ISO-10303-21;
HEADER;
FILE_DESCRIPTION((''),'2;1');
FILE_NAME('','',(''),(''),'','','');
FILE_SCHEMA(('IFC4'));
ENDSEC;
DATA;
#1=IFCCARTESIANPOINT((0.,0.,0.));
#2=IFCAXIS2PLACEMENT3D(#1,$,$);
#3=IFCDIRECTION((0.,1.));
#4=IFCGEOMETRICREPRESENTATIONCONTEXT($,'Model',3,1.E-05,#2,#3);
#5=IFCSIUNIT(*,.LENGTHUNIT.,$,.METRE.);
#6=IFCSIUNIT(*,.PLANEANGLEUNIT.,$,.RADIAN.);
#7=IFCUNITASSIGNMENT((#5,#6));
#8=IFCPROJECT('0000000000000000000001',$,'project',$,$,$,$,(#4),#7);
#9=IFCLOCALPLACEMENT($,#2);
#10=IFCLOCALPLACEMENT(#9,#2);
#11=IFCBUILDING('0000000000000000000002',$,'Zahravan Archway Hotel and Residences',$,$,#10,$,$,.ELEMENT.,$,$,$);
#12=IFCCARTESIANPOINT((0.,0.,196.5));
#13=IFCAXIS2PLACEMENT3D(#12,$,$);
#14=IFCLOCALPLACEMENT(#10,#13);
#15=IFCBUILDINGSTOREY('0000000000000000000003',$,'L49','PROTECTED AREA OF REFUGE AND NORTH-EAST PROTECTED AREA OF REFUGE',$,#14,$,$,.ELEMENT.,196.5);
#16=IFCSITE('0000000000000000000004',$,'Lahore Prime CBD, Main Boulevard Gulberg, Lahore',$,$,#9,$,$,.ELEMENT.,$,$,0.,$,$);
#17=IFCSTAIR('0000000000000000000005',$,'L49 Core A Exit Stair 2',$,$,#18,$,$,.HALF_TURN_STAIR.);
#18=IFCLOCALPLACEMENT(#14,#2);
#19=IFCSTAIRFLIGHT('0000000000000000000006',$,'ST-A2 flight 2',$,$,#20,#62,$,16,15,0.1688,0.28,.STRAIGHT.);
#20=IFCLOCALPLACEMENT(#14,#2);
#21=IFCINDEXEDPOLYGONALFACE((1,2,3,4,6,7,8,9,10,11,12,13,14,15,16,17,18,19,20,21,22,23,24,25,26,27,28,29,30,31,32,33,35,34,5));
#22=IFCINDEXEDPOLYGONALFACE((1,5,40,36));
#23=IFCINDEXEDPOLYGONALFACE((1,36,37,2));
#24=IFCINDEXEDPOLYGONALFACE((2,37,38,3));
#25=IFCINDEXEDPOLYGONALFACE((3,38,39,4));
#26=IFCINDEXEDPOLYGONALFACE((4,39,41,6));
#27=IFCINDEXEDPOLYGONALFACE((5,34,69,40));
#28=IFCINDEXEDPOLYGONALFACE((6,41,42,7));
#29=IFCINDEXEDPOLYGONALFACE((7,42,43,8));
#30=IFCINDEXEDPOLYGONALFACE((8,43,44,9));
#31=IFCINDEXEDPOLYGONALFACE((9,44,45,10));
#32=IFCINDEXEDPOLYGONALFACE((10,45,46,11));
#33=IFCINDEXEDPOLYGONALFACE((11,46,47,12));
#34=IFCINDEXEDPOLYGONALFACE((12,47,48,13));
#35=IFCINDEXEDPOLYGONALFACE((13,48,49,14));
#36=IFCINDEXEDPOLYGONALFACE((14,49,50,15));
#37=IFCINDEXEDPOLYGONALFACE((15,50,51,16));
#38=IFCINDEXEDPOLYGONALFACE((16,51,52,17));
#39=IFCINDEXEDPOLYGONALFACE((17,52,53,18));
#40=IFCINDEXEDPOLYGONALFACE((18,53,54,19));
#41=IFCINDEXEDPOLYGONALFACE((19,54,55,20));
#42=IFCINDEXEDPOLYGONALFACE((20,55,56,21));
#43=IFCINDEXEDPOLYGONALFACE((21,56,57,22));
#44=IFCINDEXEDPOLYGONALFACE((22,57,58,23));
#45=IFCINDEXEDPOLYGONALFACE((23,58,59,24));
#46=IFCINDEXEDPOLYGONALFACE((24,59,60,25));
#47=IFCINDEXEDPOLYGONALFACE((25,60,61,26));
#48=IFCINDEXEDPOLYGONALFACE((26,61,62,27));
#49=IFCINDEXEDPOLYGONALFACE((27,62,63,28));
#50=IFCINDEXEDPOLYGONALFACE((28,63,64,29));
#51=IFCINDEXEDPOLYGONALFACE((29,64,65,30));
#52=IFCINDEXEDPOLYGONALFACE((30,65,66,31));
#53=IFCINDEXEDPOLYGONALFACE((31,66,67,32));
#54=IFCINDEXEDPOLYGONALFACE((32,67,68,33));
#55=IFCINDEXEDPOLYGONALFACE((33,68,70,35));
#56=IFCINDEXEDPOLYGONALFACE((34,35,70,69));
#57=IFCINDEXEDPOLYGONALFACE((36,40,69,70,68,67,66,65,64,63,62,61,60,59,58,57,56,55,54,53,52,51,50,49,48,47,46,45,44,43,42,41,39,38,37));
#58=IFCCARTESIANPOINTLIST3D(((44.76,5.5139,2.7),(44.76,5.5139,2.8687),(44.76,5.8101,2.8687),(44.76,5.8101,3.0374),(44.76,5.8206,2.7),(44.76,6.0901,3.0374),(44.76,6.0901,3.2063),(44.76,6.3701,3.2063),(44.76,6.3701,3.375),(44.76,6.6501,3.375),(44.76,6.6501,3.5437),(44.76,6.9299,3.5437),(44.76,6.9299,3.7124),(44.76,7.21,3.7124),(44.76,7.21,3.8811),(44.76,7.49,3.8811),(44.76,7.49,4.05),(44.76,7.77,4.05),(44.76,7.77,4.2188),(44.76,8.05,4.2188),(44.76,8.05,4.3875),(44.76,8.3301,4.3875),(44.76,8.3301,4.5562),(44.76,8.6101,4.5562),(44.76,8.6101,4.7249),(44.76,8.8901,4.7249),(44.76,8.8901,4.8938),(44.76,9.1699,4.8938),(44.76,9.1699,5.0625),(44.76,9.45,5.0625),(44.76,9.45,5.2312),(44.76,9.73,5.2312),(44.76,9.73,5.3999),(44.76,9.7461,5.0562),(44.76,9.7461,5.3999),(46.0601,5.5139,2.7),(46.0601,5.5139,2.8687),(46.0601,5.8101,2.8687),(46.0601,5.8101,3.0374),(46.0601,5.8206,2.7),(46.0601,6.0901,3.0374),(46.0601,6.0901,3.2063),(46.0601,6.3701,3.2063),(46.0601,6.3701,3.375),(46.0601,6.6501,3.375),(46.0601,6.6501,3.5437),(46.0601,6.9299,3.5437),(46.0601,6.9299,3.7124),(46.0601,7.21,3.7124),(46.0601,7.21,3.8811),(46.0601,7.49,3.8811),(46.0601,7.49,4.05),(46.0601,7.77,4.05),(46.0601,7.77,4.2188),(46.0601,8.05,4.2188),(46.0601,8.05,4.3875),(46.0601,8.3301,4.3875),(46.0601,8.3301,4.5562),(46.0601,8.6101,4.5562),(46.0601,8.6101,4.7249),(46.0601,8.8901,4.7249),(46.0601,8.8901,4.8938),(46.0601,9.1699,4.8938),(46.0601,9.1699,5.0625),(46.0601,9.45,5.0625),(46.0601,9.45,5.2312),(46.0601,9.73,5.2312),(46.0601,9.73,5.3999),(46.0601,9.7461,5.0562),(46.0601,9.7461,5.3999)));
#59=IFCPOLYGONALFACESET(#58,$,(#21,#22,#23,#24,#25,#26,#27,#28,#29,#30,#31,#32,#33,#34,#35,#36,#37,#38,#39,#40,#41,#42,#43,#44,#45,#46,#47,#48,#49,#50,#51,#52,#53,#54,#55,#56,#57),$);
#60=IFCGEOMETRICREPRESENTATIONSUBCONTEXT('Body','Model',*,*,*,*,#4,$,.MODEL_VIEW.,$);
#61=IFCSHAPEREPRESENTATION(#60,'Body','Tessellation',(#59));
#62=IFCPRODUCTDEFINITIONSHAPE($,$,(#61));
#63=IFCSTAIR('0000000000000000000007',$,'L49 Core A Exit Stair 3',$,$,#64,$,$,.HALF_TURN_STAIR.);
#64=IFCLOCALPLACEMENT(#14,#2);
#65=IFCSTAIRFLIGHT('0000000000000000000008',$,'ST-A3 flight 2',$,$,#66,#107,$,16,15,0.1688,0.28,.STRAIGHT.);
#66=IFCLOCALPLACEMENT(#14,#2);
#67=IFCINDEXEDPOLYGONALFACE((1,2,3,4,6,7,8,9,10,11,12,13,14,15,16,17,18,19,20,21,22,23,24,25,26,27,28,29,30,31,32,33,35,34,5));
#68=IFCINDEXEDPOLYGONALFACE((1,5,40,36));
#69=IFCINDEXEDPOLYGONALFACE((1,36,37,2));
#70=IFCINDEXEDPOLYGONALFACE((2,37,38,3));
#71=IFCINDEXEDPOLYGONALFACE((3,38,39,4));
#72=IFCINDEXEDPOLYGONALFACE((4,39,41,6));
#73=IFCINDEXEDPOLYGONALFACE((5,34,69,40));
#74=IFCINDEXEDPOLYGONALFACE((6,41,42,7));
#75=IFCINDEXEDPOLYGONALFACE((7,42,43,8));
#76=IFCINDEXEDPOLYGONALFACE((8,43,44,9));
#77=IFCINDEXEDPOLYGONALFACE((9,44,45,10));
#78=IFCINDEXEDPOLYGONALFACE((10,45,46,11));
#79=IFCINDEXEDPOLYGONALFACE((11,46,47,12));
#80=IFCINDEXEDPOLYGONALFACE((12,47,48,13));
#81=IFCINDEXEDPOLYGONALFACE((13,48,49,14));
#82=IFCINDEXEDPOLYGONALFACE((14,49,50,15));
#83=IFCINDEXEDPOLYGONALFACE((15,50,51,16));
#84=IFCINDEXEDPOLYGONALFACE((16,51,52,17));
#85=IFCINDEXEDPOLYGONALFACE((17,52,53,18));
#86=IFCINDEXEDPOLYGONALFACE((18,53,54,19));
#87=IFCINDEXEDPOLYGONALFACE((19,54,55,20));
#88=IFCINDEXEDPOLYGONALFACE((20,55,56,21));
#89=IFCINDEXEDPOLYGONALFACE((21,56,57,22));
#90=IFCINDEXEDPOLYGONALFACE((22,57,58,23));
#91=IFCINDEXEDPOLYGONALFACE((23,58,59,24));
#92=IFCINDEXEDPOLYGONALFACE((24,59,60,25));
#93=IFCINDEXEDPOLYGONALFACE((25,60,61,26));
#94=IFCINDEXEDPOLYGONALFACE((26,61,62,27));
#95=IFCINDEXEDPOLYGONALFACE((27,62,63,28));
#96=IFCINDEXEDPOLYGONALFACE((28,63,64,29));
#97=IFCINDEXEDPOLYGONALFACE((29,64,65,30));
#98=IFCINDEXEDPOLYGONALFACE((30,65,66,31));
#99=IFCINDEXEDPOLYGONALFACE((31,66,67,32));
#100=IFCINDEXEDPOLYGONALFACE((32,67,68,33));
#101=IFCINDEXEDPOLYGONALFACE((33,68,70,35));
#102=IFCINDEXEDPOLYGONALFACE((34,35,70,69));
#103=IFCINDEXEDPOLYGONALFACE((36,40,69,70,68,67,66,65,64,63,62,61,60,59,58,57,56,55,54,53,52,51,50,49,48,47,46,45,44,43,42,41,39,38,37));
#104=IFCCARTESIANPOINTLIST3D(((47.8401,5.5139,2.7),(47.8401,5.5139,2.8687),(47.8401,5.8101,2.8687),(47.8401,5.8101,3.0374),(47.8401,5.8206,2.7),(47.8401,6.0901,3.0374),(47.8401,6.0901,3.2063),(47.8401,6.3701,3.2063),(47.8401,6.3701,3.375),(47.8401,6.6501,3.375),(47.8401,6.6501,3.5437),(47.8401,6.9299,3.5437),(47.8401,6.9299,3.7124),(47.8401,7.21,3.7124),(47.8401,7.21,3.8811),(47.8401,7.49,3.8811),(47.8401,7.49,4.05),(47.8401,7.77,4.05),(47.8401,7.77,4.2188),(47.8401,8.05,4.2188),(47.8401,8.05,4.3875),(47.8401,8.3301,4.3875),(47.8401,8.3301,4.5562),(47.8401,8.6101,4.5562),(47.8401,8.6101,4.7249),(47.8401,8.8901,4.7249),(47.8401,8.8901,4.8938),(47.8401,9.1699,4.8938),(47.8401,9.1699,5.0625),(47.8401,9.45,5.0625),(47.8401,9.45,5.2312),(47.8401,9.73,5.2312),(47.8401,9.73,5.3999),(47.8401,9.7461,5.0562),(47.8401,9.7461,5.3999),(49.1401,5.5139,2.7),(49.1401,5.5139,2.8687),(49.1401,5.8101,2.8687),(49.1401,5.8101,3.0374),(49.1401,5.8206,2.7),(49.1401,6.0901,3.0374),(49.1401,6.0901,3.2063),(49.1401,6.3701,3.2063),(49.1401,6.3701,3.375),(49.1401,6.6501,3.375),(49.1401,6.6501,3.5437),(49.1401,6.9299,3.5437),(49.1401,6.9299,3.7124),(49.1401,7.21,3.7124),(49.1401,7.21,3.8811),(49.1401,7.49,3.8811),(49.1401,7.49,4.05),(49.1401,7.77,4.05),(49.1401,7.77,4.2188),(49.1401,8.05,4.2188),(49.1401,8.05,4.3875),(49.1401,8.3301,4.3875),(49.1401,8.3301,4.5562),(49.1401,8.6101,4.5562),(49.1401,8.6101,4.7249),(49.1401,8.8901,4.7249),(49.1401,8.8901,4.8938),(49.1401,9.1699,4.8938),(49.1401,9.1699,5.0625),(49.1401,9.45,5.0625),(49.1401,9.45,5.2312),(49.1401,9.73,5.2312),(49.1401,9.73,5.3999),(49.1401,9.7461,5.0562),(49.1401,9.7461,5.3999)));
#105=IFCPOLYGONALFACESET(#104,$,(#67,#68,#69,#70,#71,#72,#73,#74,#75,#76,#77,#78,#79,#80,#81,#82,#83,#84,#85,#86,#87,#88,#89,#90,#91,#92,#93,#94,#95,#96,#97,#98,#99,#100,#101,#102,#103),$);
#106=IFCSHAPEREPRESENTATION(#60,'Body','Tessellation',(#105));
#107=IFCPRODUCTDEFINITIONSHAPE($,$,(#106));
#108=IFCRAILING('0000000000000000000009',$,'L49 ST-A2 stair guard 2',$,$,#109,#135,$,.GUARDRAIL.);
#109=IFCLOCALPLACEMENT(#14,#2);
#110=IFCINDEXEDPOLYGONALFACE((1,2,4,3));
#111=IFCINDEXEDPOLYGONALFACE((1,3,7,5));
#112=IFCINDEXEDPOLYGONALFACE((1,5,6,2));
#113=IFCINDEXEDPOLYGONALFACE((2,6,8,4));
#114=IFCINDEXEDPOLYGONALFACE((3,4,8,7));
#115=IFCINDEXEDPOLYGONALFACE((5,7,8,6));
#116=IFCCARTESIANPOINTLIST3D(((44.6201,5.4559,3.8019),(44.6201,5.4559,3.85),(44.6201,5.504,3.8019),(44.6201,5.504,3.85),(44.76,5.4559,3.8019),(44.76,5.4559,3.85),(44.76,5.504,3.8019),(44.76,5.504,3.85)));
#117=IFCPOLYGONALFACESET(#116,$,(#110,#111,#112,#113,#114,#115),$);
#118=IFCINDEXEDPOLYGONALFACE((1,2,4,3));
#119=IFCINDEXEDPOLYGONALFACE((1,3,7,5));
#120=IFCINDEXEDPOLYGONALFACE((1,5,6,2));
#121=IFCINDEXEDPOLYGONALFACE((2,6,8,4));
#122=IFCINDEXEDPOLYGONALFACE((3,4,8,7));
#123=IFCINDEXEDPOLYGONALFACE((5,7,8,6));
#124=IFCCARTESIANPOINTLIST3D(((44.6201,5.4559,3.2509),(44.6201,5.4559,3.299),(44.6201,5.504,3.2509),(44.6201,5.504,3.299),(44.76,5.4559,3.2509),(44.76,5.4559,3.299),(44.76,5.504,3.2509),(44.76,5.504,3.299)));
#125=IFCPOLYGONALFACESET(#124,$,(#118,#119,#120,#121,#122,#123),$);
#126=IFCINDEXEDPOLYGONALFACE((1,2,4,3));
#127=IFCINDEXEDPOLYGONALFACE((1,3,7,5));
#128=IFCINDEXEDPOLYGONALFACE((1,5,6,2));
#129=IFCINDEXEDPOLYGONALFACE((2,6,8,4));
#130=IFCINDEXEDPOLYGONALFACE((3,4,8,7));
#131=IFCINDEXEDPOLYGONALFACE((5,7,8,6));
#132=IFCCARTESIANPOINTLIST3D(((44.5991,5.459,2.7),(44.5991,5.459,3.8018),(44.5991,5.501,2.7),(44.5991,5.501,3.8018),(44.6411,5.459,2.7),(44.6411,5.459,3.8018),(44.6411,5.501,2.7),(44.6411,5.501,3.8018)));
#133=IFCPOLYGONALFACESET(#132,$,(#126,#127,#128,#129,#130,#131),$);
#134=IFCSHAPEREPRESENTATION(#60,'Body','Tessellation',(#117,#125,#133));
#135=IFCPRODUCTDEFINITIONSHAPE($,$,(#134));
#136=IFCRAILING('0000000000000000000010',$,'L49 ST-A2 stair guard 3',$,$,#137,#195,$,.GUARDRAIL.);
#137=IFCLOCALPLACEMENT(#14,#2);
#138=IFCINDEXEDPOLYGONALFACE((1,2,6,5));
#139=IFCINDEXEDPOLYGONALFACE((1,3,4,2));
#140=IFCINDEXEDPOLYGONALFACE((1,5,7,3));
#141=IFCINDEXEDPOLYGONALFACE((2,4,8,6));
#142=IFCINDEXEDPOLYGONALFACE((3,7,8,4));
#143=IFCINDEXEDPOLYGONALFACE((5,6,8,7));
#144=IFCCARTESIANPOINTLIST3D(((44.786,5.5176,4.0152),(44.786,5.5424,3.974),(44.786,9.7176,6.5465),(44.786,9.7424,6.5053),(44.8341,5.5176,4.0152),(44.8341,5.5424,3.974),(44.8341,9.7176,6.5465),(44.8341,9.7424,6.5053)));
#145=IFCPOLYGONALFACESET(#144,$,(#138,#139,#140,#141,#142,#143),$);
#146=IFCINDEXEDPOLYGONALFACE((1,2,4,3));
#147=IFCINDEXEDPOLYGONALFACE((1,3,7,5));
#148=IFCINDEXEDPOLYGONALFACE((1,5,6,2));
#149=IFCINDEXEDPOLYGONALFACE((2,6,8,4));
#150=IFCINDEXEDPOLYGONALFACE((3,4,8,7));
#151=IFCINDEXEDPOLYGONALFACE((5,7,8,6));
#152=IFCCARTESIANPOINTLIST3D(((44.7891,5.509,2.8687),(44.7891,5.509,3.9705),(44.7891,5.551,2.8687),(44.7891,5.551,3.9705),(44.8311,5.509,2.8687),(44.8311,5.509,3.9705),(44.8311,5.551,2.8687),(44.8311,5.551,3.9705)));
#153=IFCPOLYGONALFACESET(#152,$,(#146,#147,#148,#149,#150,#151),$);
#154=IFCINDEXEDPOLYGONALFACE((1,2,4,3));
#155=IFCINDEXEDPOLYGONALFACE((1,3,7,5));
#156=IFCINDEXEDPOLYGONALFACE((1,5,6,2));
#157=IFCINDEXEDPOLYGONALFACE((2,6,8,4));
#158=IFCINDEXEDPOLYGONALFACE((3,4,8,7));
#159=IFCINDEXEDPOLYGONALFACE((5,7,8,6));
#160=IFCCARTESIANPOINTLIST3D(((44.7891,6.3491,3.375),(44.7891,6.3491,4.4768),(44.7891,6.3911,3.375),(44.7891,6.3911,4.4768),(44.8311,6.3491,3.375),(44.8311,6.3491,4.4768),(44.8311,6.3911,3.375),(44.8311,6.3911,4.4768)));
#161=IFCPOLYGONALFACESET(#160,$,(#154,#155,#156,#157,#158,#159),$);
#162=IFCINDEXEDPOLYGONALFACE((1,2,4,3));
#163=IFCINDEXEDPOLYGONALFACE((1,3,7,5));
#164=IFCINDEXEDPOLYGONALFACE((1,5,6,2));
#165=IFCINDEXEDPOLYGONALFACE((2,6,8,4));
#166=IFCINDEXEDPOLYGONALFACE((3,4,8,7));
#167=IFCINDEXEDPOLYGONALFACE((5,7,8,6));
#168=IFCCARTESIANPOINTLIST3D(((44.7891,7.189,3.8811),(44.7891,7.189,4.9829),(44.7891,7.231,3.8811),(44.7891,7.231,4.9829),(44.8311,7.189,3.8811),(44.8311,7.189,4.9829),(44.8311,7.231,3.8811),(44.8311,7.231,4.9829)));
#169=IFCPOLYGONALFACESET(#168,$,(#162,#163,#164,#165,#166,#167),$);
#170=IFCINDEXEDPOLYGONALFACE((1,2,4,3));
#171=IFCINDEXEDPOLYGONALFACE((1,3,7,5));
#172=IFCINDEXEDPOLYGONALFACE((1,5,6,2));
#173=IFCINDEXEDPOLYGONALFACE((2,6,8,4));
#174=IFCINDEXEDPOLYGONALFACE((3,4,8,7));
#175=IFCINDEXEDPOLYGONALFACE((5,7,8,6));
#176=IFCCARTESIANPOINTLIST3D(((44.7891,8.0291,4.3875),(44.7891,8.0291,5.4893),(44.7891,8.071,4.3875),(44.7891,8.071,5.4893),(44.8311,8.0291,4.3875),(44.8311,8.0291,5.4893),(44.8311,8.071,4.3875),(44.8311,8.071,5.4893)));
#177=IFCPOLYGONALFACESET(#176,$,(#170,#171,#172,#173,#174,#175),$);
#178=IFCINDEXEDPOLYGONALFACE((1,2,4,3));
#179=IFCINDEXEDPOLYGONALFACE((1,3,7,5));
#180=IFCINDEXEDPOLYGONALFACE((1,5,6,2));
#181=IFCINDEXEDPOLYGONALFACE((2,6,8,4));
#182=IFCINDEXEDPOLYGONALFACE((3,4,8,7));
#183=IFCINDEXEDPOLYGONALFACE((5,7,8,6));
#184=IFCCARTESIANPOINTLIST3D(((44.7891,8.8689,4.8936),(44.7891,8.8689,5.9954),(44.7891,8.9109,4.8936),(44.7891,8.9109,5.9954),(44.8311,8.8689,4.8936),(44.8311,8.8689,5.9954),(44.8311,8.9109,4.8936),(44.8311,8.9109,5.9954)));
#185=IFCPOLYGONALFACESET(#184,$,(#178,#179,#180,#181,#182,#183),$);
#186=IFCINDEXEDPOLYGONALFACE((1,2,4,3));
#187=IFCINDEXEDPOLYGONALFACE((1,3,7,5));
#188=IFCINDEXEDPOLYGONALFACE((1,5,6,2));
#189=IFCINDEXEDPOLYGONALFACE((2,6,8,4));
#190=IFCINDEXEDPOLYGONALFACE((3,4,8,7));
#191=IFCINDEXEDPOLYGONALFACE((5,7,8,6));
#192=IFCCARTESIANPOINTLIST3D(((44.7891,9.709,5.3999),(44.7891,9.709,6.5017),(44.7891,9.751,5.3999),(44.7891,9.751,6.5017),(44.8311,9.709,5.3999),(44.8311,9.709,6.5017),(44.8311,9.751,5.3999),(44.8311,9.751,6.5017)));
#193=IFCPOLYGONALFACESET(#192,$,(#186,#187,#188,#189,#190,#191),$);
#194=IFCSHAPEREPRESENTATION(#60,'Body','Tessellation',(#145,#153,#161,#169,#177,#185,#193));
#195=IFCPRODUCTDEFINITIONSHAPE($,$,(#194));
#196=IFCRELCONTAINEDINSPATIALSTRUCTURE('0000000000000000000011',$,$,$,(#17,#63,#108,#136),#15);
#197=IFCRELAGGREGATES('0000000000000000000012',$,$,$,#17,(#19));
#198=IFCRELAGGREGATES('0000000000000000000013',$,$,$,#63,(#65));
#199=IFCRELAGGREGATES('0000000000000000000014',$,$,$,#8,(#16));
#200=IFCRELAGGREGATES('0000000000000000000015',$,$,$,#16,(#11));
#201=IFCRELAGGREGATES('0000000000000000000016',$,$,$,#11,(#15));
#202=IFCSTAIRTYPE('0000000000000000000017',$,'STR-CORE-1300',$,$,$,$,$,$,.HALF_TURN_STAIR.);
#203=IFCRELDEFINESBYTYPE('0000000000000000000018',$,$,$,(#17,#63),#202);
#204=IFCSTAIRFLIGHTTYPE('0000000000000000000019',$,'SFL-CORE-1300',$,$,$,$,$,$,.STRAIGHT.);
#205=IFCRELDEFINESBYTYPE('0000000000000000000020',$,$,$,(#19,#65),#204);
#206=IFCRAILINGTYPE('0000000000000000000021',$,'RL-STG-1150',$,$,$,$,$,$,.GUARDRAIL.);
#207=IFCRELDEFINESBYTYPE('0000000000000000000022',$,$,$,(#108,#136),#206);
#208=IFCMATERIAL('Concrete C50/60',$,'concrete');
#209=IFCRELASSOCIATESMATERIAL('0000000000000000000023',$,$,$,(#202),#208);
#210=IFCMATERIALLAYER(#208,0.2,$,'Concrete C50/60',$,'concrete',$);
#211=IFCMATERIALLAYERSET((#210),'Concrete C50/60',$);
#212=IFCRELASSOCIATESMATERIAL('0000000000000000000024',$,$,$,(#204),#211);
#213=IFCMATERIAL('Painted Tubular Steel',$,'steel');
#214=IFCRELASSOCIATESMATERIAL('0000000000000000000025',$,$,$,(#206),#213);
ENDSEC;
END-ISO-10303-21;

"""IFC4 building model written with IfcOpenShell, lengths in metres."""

from ifc_helpers import new_model, si_unit, direction, frame, origin, origin_2d, place, context, subcontext, project, spatial, polyline, rectangle, outline, extrude, source, transform, mapped, material, layer, layer_set, type_object, element, aggregate, save


model = new_model("IFC4")

# Units and contexts
model_context = context("Model", 3, precision=1e-05, world=origin(), true_north=direction((0.0, 1.0)))
body_context = subcontext(model_context, "Body", "Model", "MODEL_VIEW")
ifc_project = project(units=[si_unit("LENGTHUNIT", "METRE"), si_unit("PLANEANGLEUNIT", "RADIAN")], contexts=[model_context])

# Site, building, storey
site_placement = place(None, origin())
site = spatial("IfcSite", under=ifc_project, at=site_placement, Name="Lahore Prime CBD, Main Boulevard Gulberg, Lahore", CompositionType="ELEMENT", RefElevation=0.0)
building_placement = place(site_placement, origin())
building = spatial("IfcBuilding", under=site, at=building_placement, Name="Zahravan Archway Hotel and Residences", CompositionType="ELEMENT")
storey_placement = place(building_placement, frame((0.0, 0.0, 196.5)))
storey = spatial("IfcBuildingStorey", under=building, at=storey_placement, Name="L49", Description="PROTECTED AREA OF REFUGE AND NORTH-EAST PROTECTED AREA OF REFUGE", CompositionType="ELEMENT", Elevation=196.5)

# Shared definitions
ifc_material_1 = material(Name="Concrete C50/60", Category="concrete")

# Stairs, stair flights
stair_type = type_object("IfcStairType", Name="STR-CORE-1300", PredefinedType="HALF_TURN_STAIR", material=ifc_material_1)
stair_1_placement = place(storey_placement, origin())
stair_1 = element("IfcStair", 1, at=stair_1_placement, inside=storey, type_object=stair_type, Name="L49 Core A Exit Stair 2", PredefinedType="HALF_TURN_STAIR")
ifc_layer_1 = layer(ifc_material_1, 0.2, Name="Concrete C50/60", Category="concrete")
ifc_layer_set_1 = layer_set([ifc_layer_1], Name="Concrete C50/60")
stair_flight_type = type_object("IfcStairFlightType", Name="SFL-CORE-1300", PredefinedType="STRAIGHT", material=ifc_layer_set_1)
shared_shape_1 = source(origin(), body_context, "Body", "SweptSolid", [
    extrude(outline(polyline([(-0.0161, 0.0), (-0.0161, 0.1687), (0.28, 0.1687), (0.28, 0.3374), (0.5601, 0.3374), (0.5601, 0.5063), (0.8401, 0.5063), (0.8401, 0.675), (1.1201, 0.675), (1.1201, 0.8438), (1.3999, 0.8438), (1.3999, 1.0125), (1.6799, 1.0125), (1.6799, 1.1812), (1.96, 1.1812), (1.96, 1.3501), (2.24, 1.3501), (2.24, 1.5188), (2.52, 1.5188), (2.52, 1.6875), (2.8, 1.6875), (2.8, 1.8562), (3.0801, 1.8562), (3.0801, 2.0249), (3.3601, 2.0249), (3.3601, 2.1938), (3.6399, 2.1938), (3.6399, 2.3625), (3.9199, 2.3625), (3.9199, 2.5312), (4.2, 2.5312), (4.2, 2.7), (4.2161, 2.7), (4.2161, 2.3562), (0.2905, 0.0), (-0.0161, 0.0)])), frame((0.0, 0.6499, 0.0), z_axis=(0.0, -1.0, 0.0), x_axis=(1.0, 0.0, 0.0)), (0.0, 0.0, 1.0), 1.3),
])
stair_flight_1_placement = place(storey_placement, frame((45.4099, 5.53, 2.7), z_axis=(0.0, 0.0, 1.0), x_axis=(0.0, 1.0, 0.0)))
stair_flight_1 = element("IfcStairFlight", 2, at=stair_flight_1_placement, type_object=stair_flight_type, Name="ST-A2 flight 2", NumberOfRisers=16, NumberOfTreads=15, PredefinedType="STRAIGHT", RiserHeight=0.1688, TreadLength=0.28, context=body_context, shape_type="MappedRepresentation", body=[
    mapped(shared_shape_1, transform((0.0, 0.0, 0.0), scale=1.0)),
])
aggregate(stair_1, [stair_flight_1])
stair_2_placement = place(storey_placement, origin())
stair_2 = element("IfcStair", 3, at=stair_2_placement, inside=storey, type_object=stair_type, Name="L49 Core A Exit Stair 3", PredefinedType="HALF_TURN_STAIR")
stair_flight_2_placement = place(storey_placement, frame((48.49, 5.53, 2.7), z_axis=(0.0, 0.0, 1.0), x_axis=(0.0, 1.0, 0.0)))
stair_flight_2 = element("IfcStairFlight", 4, at=stair_flight_2_placement, type_object=stair_flight_type, Name="ST-A3 flight 2", NumberOfRisers=16, NumberOfTreads=15, PredefinedType="STRAIGHT", RiserHeight=0.1688, TreadLength=0.28, context=body_context, shape_type="MappedRepresentation", body=[
    mapped(shared_shape_1, transform((0.0, 0.0, 0.0), scale=1.0)),
])
aggregate(stair_2, [stair_flight_2])

# Railings
ifc_material_2 = material(Name="Painted Tubular Steel", Category="steel")
railing_type_1 = type_object("IfcRailingType", Name="RL-STG-1150", PredefinedType="GUARDRAIL", material=ifc_material_2)
railing_1_placement = place(storey_placement, frame((44.6201, 5.48, 2.7)))
element("IfcRailing", 5, at=railing_1_placement, inside=storey, type_object=railing_type_1, Name="L49 ST-A2 stair guard 2", PredefinedType="GUARDRAIL", context=body_context, shape_type="SweptSolid", body=[
    extrude(rectangle(XDim=0.0481, YDim=0.0481, at=origin_2d()), frame((0.0, 0.0, 1.126), z_axis=(1.0, 0.0, 0.0), x_axis=(0.0, 1.0, 0.0)), (0.0, 0.0, 1.0), 0.1399),
    extrude(rectangle(XDim=0.0481, YDim=0.0481, at=origin_2d()), frame((0.0, 0.0, 0.575), z_axis=(1.0, 0.0, 0.0), x_axis=(0.0, 1.0, 0.0)), (0.0, 0.0, 1.0), 0.1399),
    extrude(rectangle(XDim=0.042, YDim=0.042, at=origin_2d()), origin(), (0.0, 0.0, 1.0), 1.1018),
])
railing_2_placement = place(storey_placement, frame((44.8101, 5.53, 2.8687)))
element("IfcRailing", 6, at=railing_2_placement, inside=storey, type_object=railing_type_1, Name="L49 ST-A2 stair guard 3", PredefinedType="GUARDRAIL", context=body_context, shape_type="SweptSolid", body=[
    extrude(rectangle(XDim=0.0481, YDim=0.0481, at=origin_2d()), frame((0.0, 0.0, 1.126), z_axis=(0.0, 0.856476, 0.516186), x_axis=(-1.0, 0.0, 0.0)), (0.0, 0.0, 1.0), 4.9038),
    extrude(rectangle(XDim=0.042, YDim=0.042, at=origin_2d()), origin(), (0.0, 0.0, 1.0), 1.1018),
    extrude(rectangle(XDim=0.042, YDim=0.042, at=origin_2d()), frame((0.0, 0.8401, 0.5063)), (0.0, 0.0, 1.0), 1.1018),
    extrude(rectangle(XDim=0.042, YDim=0.042, at=origin_2d()), frame((0.0, 1.6799, 1.0125)), (0.0, 0.0, 1.0), 1.1018),
    extrude(rectangle(XDim=0.042, YDim=0.042, at=origin_2d()), frame((0.0, 2.52, 1.5188)), (0.0, 0.0, 1.0), 1.1018),
    extrude(rectangle(XDim=0.042, YDim=0.042, at=origin_2d()), frame((0.0, 3.3599, 2.0249)), (0.0, 0.0, 1.0), 1.1018),
    extrude(rectangle(XDim=0.042, YDim=0.042, at=origin_2d()), frame((0.0, 4.2, 2.5312)), (0.0, 0.0, 1.0), 1.1018),
])

save(model, "model.ifc")
